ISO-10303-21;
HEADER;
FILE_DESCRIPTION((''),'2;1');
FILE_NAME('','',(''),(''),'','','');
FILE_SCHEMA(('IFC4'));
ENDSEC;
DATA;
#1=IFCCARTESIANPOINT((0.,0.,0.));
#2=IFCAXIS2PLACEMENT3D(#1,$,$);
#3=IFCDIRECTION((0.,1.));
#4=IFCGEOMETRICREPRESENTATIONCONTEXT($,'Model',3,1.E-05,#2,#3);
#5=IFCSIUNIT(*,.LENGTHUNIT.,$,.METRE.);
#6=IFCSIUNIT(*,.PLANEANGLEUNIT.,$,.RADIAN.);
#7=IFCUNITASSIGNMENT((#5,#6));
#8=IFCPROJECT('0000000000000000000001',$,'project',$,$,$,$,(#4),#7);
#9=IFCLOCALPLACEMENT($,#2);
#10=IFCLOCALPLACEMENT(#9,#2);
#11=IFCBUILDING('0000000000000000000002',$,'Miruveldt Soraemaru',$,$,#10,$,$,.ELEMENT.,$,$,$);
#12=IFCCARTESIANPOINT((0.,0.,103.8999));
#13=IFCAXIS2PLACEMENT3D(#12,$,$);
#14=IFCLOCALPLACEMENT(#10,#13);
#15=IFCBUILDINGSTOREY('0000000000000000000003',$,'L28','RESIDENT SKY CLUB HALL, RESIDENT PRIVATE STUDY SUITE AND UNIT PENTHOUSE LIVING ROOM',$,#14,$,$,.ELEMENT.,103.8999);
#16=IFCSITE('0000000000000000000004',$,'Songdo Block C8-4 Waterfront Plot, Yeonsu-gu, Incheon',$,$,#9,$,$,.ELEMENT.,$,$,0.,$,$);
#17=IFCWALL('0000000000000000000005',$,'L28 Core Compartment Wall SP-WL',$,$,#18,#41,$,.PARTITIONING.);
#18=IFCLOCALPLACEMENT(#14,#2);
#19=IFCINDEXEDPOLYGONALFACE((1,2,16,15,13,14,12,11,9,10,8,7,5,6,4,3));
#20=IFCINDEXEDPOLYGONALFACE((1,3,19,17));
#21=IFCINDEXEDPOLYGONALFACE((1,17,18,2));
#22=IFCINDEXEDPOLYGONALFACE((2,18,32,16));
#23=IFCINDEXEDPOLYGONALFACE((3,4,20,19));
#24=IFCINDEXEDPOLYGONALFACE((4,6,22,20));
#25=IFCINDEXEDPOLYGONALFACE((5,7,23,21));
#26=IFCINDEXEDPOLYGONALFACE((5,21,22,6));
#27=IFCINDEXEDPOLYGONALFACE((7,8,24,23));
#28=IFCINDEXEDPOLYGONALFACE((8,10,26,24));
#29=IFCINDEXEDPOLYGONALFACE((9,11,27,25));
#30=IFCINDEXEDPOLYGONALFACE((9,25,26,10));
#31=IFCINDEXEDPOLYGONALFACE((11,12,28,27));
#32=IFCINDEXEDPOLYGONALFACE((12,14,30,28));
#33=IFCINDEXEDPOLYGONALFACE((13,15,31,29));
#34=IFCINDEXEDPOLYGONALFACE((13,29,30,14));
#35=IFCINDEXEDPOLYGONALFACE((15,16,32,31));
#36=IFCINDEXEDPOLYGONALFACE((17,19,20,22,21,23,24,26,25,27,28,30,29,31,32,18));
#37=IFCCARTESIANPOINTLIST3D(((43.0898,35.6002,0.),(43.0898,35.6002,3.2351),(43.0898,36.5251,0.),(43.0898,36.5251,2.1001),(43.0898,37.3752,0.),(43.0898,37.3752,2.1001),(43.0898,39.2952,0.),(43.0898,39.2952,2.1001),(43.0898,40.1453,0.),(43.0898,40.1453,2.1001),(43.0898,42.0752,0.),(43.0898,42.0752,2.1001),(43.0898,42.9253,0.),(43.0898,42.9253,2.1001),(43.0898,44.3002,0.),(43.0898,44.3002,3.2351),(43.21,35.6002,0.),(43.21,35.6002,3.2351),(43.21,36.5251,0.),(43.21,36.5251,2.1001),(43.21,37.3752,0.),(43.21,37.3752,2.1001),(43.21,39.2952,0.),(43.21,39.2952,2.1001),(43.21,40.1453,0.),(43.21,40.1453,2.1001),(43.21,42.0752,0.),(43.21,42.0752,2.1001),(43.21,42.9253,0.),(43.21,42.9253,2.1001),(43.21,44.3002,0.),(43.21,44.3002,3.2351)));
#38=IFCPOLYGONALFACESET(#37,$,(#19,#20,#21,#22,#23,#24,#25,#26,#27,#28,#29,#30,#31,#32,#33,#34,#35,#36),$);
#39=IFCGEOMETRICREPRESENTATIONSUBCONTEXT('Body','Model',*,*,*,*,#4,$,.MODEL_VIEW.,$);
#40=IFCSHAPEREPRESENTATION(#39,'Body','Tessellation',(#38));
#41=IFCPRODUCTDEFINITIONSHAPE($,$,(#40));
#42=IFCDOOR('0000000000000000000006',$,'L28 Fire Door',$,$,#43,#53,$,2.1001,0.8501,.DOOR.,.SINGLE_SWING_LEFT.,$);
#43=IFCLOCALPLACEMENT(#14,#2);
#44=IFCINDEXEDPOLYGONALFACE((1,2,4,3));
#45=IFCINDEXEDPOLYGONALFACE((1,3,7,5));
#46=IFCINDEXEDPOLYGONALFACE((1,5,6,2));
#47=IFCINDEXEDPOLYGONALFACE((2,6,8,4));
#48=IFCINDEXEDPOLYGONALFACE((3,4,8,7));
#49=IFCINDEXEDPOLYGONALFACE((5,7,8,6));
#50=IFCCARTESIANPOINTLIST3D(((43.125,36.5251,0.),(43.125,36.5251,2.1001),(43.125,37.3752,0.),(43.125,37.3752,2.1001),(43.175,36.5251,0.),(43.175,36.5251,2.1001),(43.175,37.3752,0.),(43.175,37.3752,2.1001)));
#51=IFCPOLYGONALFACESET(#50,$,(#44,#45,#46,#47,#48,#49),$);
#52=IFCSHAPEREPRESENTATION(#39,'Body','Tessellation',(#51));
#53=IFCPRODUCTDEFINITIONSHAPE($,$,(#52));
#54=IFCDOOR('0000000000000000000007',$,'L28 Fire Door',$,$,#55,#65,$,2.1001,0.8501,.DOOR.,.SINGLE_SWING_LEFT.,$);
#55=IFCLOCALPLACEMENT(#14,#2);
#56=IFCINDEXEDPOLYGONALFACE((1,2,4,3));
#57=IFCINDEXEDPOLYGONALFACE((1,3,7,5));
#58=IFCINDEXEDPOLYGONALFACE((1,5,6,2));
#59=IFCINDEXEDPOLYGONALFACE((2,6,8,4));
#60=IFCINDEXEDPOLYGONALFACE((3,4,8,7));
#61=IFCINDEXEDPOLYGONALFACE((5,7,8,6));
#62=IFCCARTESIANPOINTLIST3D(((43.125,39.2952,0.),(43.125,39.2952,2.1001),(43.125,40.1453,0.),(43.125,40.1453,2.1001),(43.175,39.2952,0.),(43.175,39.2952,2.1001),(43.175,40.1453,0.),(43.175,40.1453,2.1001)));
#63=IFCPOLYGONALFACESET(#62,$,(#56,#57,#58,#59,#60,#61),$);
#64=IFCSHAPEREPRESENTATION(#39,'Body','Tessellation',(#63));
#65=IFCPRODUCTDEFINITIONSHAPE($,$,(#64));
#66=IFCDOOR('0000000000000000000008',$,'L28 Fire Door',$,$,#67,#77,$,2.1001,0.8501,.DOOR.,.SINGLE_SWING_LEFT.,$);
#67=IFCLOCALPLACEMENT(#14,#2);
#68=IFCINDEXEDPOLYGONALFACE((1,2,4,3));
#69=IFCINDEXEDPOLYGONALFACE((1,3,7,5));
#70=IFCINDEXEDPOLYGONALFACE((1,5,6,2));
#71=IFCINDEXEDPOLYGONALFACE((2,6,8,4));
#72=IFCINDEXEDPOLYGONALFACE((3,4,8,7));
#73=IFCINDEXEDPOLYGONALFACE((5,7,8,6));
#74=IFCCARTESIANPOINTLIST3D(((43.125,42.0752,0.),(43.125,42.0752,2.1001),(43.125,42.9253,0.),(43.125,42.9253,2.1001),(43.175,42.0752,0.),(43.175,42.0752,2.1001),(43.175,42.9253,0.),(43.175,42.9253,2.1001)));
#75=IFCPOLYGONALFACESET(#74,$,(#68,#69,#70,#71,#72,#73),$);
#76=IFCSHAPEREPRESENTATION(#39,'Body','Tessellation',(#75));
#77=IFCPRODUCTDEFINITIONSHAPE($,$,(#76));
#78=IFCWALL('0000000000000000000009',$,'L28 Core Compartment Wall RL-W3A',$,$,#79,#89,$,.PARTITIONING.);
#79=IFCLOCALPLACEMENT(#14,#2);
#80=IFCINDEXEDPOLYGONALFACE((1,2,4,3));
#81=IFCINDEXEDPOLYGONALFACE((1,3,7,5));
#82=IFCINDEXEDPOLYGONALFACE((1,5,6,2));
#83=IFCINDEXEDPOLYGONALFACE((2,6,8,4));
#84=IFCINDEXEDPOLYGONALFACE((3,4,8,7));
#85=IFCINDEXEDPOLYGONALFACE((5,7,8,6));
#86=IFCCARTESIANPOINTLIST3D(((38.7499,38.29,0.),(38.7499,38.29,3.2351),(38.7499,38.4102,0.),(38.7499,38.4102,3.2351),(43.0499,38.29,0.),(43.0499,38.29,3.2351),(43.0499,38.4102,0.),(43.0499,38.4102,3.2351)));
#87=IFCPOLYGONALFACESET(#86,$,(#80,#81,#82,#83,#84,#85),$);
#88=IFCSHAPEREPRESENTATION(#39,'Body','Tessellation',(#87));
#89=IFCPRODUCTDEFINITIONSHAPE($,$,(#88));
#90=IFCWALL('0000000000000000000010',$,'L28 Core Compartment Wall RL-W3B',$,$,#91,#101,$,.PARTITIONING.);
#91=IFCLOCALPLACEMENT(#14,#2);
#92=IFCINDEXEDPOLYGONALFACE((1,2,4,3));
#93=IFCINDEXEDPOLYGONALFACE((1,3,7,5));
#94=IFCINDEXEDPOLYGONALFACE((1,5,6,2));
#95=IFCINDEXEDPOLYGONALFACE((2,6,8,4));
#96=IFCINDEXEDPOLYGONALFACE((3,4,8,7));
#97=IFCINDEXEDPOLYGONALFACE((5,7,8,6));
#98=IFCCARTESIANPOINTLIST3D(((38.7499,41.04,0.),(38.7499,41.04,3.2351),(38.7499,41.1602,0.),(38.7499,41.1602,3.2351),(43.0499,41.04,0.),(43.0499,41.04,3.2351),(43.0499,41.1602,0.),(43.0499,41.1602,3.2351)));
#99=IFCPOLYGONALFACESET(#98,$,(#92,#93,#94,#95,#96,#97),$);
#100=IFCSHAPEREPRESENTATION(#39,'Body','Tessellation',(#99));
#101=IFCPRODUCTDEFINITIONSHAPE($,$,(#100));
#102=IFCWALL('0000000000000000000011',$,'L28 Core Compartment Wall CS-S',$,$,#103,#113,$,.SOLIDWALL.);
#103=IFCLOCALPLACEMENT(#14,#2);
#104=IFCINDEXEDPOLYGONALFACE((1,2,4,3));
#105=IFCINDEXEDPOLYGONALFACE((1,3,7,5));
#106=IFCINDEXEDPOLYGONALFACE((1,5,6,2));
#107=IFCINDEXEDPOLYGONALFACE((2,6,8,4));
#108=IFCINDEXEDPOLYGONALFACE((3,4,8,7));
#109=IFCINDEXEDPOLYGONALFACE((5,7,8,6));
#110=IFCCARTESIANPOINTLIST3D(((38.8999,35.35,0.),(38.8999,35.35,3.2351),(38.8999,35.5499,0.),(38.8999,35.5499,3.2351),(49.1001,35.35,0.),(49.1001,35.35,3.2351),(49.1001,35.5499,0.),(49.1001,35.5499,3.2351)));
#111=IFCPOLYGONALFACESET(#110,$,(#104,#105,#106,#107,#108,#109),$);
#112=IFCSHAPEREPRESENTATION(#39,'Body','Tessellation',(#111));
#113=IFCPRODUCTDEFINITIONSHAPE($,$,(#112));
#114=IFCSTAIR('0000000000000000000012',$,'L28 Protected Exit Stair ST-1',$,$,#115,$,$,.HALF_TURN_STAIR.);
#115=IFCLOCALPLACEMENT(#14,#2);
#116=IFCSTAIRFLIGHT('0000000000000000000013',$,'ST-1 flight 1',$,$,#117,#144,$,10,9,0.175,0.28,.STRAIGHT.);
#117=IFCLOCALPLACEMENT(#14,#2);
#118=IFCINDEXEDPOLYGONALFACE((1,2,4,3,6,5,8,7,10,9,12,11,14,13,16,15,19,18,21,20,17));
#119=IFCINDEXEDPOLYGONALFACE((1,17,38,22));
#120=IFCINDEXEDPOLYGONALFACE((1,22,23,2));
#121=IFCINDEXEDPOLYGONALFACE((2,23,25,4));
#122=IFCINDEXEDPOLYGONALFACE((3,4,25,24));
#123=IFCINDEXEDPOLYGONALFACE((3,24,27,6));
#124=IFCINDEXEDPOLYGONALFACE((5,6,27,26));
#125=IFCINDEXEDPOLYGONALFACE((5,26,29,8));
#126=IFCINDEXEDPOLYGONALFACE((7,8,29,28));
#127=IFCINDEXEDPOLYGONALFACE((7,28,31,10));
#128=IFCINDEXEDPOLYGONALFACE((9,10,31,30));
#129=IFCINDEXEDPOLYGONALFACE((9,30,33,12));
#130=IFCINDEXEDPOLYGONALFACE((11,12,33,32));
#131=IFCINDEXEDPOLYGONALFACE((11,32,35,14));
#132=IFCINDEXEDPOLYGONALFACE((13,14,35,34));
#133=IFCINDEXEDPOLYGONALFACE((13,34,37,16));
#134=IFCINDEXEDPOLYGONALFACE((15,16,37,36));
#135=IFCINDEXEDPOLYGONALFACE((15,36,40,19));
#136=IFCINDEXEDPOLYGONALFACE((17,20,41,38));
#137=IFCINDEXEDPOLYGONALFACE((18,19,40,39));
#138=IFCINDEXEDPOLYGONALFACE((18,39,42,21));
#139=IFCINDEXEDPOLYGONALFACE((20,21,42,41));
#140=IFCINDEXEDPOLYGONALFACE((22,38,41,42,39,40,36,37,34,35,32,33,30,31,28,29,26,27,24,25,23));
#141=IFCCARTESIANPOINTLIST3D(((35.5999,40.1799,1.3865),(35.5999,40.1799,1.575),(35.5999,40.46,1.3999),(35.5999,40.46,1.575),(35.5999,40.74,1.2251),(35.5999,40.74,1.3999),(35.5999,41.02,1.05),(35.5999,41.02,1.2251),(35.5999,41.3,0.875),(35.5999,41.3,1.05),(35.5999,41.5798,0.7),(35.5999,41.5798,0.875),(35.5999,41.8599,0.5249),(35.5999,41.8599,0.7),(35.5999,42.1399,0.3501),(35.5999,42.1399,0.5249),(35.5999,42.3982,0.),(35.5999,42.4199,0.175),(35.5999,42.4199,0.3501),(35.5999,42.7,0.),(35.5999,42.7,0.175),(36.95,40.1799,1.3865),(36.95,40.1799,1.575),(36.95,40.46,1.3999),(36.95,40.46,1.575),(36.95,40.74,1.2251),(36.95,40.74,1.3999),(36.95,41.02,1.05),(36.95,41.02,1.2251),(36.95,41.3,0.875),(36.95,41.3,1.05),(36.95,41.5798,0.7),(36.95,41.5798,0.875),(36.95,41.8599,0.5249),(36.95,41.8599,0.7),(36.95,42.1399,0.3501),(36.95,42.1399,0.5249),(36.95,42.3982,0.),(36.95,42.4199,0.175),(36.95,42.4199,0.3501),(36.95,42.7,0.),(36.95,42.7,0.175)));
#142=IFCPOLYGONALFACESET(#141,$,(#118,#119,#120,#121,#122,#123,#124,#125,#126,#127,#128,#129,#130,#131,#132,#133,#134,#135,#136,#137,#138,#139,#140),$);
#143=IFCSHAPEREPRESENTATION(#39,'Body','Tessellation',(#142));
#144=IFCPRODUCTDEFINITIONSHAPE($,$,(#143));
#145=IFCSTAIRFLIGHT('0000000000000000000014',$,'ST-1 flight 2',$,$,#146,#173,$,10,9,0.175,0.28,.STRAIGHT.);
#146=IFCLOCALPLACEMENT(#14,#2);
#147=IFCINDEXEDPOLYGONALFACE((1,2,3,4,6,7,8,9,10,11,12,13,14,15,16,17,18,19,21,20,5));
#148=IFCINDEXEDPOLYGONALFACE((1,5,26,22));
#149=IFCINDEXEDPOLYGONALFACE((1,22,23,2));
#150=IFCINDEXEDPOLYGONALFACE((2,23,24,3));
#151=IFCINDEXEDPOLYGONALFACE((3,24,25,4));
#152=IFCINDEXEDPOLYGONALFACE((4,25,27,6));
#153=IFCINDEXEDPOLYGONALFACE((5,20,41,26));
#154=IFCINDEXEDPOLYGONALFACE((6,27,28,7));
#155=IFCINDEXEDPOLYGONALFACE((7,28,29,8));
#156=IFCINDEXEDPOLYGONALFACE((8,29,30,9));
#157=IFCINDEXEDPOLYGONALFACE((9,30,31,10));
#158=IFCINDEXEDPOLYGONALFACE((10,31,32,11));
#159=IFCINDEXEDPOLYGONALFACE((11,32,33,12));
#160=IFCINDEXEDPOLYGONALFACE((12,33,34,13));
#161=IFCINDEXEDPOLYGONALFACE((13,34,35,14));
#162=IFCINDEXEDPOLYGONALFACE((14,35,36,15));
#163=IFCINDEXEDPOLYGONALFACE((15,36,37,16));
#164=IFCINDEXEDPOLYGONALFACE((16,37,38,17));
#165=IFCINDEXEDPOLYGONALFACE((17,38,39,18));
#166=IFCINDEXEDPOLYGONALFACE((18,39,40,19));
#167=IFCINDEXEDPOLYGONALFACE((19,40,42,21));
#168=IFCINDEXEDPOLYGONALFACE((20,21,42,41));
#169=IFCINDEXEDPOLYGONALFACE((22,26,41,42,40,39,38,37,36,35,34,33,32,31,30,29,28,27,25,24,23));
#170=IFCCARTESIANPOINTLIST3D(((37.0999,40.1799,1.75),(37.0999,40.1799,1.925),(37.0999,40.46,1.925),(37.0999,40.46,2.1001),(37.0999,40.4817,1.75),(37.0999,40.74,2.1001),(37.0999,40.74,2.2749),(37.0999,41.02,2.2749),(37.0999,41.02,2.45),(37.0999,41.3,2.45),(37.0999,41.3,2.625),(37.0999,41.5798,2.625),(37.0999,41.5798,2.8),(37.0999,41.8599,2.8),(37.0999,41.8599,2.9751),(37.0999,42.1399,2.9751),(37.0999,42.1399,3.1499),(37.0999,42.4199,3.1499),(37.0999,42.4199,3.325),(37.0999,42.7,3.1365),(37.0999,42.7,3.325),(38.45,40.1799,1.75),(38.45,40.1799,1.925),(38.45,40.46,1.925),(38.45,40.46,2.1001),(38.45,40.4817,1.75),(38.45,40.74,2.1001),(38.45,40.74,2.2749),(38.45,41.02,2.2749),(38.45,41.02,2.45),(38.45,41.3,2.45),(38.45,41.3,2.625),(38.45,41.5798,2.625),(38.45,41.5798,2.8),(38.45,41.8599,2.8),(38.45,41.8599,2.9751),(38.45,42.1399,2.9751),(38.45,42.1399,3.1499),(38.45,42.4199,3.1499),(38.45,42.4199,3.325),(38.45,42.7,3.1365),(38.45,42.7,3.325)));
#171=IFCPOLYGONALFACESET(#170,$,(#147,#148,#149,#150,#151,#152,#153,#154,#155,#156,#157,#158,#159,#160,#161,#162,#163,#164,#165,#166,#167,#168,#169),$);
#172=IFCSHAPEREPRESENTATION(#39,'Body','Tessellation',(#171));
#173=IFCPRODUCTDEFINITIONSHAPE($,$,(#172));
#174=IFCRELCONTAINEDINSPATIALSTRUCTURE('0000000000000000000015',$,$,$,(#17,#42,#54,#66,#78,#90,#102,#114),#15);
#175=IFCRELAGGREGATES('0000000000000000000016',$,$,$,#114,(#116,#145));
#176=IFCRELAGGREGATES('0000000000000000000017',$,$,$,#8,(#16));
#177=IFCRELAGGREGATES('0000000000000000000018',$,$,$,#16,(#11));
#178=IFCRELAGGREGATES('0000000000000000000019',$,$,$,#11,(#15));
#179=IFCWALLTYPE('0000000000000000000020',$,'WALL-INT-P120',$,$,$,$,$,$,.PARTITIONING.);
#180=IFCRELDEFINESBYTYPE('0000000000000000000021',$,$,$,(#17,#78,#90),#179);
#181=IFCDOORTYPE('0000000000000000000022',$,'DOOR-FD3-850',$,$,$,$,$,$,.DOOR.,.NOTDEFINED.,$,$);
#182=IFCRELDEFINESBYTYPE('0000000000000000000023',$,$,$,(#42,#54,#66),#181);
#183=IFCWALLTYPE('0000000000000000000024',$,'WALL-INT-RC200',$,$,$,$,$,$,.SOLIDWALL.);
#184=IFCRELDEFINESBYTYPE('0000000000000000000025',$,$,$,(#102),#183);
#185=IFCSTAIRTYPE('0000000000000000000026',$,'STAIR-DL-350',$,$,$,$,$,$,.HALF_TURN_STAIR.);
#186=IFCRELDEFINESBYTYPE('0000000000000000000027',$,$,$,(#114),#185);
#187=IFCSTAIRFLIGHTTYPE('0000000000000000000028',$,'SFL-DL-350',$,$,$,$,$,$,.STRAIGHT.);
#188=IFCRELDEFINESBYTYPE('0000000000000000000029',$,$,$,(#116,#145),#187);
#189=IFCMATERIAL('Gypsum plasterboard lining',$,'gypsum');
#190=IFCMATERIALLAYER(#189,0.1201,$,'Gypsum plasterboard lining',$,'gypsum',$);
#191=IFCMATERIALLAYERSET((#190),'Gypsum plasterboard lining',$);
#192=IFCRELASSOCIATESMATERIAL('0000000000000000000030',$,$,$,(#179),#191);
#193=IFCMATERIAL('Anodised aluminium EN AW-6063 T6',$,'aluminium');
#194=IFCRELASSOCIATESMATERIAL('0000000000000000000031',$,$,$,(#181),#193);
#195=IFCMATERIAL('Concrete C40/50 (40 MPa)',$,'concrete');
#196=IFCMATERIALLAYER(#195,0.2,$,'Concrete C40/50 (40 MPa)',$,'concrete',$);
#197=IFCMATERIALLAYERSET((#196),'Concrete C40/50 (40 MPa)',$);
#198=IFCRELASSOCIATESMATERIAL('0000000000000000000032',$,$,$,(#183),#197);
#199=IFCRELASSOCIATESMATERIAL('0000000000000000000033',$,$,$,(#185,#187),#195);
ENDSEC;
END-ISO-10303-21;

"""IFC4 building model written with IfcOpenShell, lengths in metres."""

from ifc_helpers import new_model, si_unit, direction, frame, frame_2d, origin, place, context, subcontext, project, spatial, polyline, rectangle, outline, extrude, material, layer, layer_set, type_object, element, fill, aggregate, save


model = new_model("IFC4")

# Units and contexts
model_context = context("Model", 3, precision=1e-05, world=origin(), true_north=direction((0.0, 1.0)))
body_context = subcontext(model_context, "Body", "Model", "MODEL_VIEW")
ifc_project = project(units=[si_unit("LENGTHUNIT", "METRE"), si_unit("PLANEANGLEUNIT", "RADIAN")], contexts=[model_context])

# Site, building, storey
site_placement = place(None, origin())
site = spatial("IfcSite", under=ifc_project, at=site_placement, Name="Songdo Block C8-4 Waterfront Plot, Yeonsu-gu, Incheon", CompositionType="ELEMENT", RefElevation=0.0)
building_placement = place(site_placement, origin())
building = spatial("IfcBuilding", under=site, at=building_placement, Name="Miruveldt Soraemaru", CompositionType="ELEMENT")
storey_placement = place(building_placement, frame((0.0, 0.0, 103.8999)))
storey = spatial("IfcBuildingStorey", under=building, at=storey_placement, Name="L28", Description="RESIDENT SKY CLUB HALL, RESIDENT PRIVATE STUDY SUITE AND UNIT PENTHOUSE LIVING ROOM", CompositionType="ELEMENT", Elevation=103.8999)

# Wall, openings, doors
ifc_material_1 = material(Name="Gypsum plasterboard lining", Category="gypsum")
ifc_layer_1 = layer(ifc_material_1, 0.1201, Name="Gypsum plasterboard lining", Category="gypsum")
ifc_layer_set_1 = layer_set([ifc_layer_1], Name="Gypsum plasterboard lining")
wall_type_1 = type_object("IfcWallType", Name="WALL-INT-P120", PredefinedType="PARTITIONING", material=ifc_layer_set_1)
wall_1_placement = place(storey_placement, frame((43.1499, 35.6001, 0.0), z_axis=(0.0, 0.0, 1.0), x_axis=(0.0, 1.0, 0.0)))
wall_1 = element("IfcWall", 1, at=wall_1_placement, inside=storey, type_object=wall_type_1, Name="L28 Core Compartment Wall SP-WL", PredefinedType="PARTITIONING", context=body_context, shape_type="SweptSolid", body=[
    extrude(rectangle(XDim=8.7, YDim=0.1201, at=frame_2d((4.3501, 0.0))), origin(), (0.0, 0.0, 1.0), 3.2351),
])
opening_1_placement = place(wall_1_placement, frame((0.925, 0.0, 0.0)))
opening_1 = element("IfcOpeningElement", 2, at=opening_1_placement, cuts=wall_1, PredefinedType="OPENING", context=body_context, shape_type="SweptSolid", body=[
    extrude(rectangle(XDim=0.8501, YDim=2.1001, at=frame_2d((0.425, 1.05))), frame((0.0, 0.0701, 0.0), z_axis=(0.0, -1.0, 0.0), x_axis=(1.0, 0.0, 0.0)), (0.0, 0.0, 1.0), 0.1401),
])
opening_2_placement = place(wall_1_placement, frame((3.6951, 0.0, 0.0)))
opening_2 = element("IfcOpeningElement", 3, at=opening_2_placement, cuts=wall_1, PredefinedType="OPENING", context=body_context, shape_type="SweptSolid", body=[
    extrude(rectangle(XDim=0.8501, YDim=2.1001, at=frame_2d((0.425, 1.05))), frame((0.0, 0.0701, 0.0), z_axis=(0.0, -1.0, 0.0), x_axis=(1.0, 0.0, 0.0)), (0.0, 0.0, 1.0), 0.1401),
])
opening_3_placement = place(wall_1_placement, frame((6.4751, 0.0, 0.0)))
opening_3 = element("IfcOpeningElement", 4, at=opening_3_placement, cuts=wall_1, PredefinedType="OPENING", context=body_context, shape_type="SweptSolid", body=[
    extrude(rectangle(XDim=0.8501, YDim=2.1001, at=frame_2d((0.425, 1.05))), frame((0.0, 0.0701, 0.0), z_axis=(0.0, -1.0, 0.0), x_axis=(1.0, 0.0, 0.0)), (0.0, 0.0, 1.0), 0.1401),
])
ifc_material_2 = material(Name="Anodised aluminium EN AW-6063 T6", Category="aluminium")
door_type = type_object("IfcDoorType", Name="DOOR-FD3-850", OperationType="NOTDEFINED", PredefinedType="DOOR", material=ifc_material_2)
door_1_placement = place(opening_1_placement, origin())
door_1 = element("IfcDoor", 5, at=door_1_placement, inside=storey, type_object=door_type, Name="L28 Fire Door", OperationType="SINGLE_SWING_LEFT", OverallHeight=2.1001, OverallWidth=0.8501, PredefinedType="DOOR", context=body_context, shape_type="SweptSolid", body=[
    extrude(rectangle(XDim=0.8501, YDim=2.1001, at=frame_2d((0.425, 1.05))), frame((0.0, 0.0249, 0.0), z_axis=(0.0, -1.0, 0.0), x_axis=(1.0, 0.0, 0.0)), (0.0, 0.0, 1.0), 0.05),
])
fill(opening_1, door_1)
door_2_placement = place(opening_2_placement, origin())
door_2 = element("IfcDoor", 6, at=door_2_placement, inside=storey, type_object=door_type, Name="L28 Fire Door", OperationType="SINGLE_SWING_LEFT", OverallHeight=2.1001, OverallWidth=0.8501, PredefinedType="DOOR", context=body_context, shape_type="SweptSolid", body=[
    extrude(rectangle(XDim=0.8501, YDim=2.1001, at=frame_2d((0.425, 1.05))), frame((0.0, 0.0249, 0.0), z_axis=(0.0, -1.0, 0.0), x_axis=(1.0, 0.0, 0.0)), (0.0, 0.0, 1.0), 0.05),
])
fill(opening_2, door_2)
door_3_placement = place(opening_3_placement, origin())
door_3 = element("IfcDoor", 7, at=door_3_placement, inside=storey, type_object=door_type, Name="L28 Fire Door", OperationType="SINGLE_SWING_LEFT", OverallHeight=2.1001, OverallWidth=0.8501, PredefinedType="DOOR", context=body_context, shape_type="SweptSolid", body=[
    extrude(rectangle(XDim=0.8501, YDim=2.1001, at=frame_2d((0.425, 1.05))), frame((0.0, 0.0249, 0.0), z_axis=(0.0, -1.0, 0.0), x_axis=(1.0, 0.0, 0.0)), (0.0, 0.0, 1.0), 0.05),
])
fill(opening_3, door_3)

# Walls
for number, where, z_axis, x_axis, name in (
    (8, (38.75, 38.3501, 0.0), (0.0, 0.0, 1.0), (1.0, 0.0, 0.0), "L28 Core Compartment Wall RL-W3A"),
    (9, (38.75, 41.1001, 0.0), (0.0, 0.0, 1.0), (1.0, 0.0, 0.0), "L28 Core Compartment Wall RL-W3B"),
):
    element("IfcWall", number, at=place(storey_placement, frame(where, z_axis=z_axis, x_axis=x_axis)), inside=storey, type_object=wall_type_1, Name=name, PredefinedType="PARTITIONING", context=body_context, shape_type="SweptSolid", body=[
        extrude(rectangle(XDim=4.3, YDim=0.1201, at=frame_2d((2.1499, 0.0))), origin(), (0.0, 0.0, 1.0), 3.2351),
    ])
ifc_material_3 = material(Name="Concrete C40/50 (40 MPa)", Category="concrete")
ifc_layer_2 = layer(ifc_material_3, 0.2, Name="Concrete C40/50 (40 MPa)", Category="concrete")
ifc_layer_set_2 = layer_set([ifc_layer_2], Name="Concrete C40/50 (40 MPa)")
wall_type_2 = type_object("IfcWallType", Name="WALL-INT-RC200", PredefinedType="SOLIDWALL", material=ifc_layer_set_2)
wall_2_placement = place(storey_placement, frame((38.8999, 35.45, 0.0), z_axis=(0.0, 0.0, 1.0), x_axis=(1.0, 0.0, 0.0)))
element("IfcWall", 10, at=wall_2_placement, inside=storey, type_object=wall_type_2, Name="L28 Core Compartment Wall CS-S", PredefinedType="SOLIDWALL", context=body_context, shape_type="SweptSolid", body=[
    extrude(rectangle(XDim=10.2002, YDim=0.2, at=frame_2d((5.1001, 0.0))), origin(), (0.0, 0.0, 1.0), 3.2351),
])

# Stair, stair flights
stair_type = type_object("IfcStairType", Name="STAIR-DL-350", PredefinedType="HALF_TURN_STAIR", material=ifc_material_3)
stair_placement = place(storey_placement, origin())
stair = element("IfcStair", 11, at=stair_placement, inside=storey, type_object=stair_type, Name="L28 Protected Exit Stair ST-1", PredefinedType="HALF_TURN_STAIR")
stair_flight_type = type_object("IfcStairFlightType", Name="SFL-DL-350", PredefinedType="STRAIGHT", material=ifc_material_3)
stair_flight_1_placement = place(storey_placement, frame((36.2749, 42.7, 0.0), z_axis=(0.0, 0.0, 1.0), x_axis=(0.0, -1.0, 0.0)))
stair_flight_1 = element("IfcStairFlight", 12, at=stair_flight_1_placement, type_object=stair_flight_type, Name="ST-1 flight 1", NumberOfRisers=10, NumberOfTreads=9, PredefinedType="STRAIGHT", RiserHeight=0.175, TreadLength=0.28, context=body_context, shape_type="SweptSolid", body=[
    extrude(outline(polyline([(0.0, 0.0), (0.0, 0.175), (0.28, 0.175), (0.28, 0.3501), (0.5601, 0.3501), (0.5601, 0.5249), (0.8401, 0.5249), (0.8401, 0.7), (1.1201, 0.7), (1.1201, 0.875), (1.3999, 0.875), (1.3999, 1.05), (1.6799, 1.05), (1.6799, 1.2251), (1.96, 1.2251), (1.96, 1.3999), (2.24, 1.3999), (2.24, 1.575), (2.52, 1.575), (2.52, 1.75), (2.52, 1.3865), (0.3018, 0.0), (0.0, 0.0)])), frame((0.0, 0.675, 0.0), z_axis=(0.0, -1.0, 0.0), x_axis=(1.0, 0.0, 0.0)), (0.0, 0.0, 1.0), 1.3501),
])
stair_flight_2_placement = place(storey_placement, frame((37.7749, 40.1799, 1.75), z_axis=(0.0, 0.0, 1.0), x_axis=(0.0, 1.0, 0.0)))
stair_flight_2 = element("IfcStairFlight", 13, at=stair_flight_2_placement, type_object=stair_flight_type, Name="ST-1 flight 2", NumberOfRisers=10, NumberOfTreads=9, PredefinedType="STRAIGHT", RiserHeight=0.175, TreadLength=0.28, context=body_context, shape_type="SweptSolid", body=[
    extrude(outline(polyline([(0.0, 0.0), (0.0, 0.175), (0.28, 0.175), (0.28, 0.3501), (0.5601, 0.3501), (0.5601, 0.5249), (0.8401, 0.5249), (0.8401, 0.7), (1.1201, 0.7), (1.1201, 0.875), (1.3999, 0.875), (1.3999, 1.05), (1.6799, 1.05), (1.6799, 1.2251), (1.96, 1.2251), (1.96, 1.3999), (2.24, 1.3999), (2.24, 1.575), (2.52, 1.575), (2.52, 1.75), (2.52, 1.3865), (0.3018, 0.0), (0.0, 0.0)])), frame((0.0, 0.675, 0.0), z_axis=(0.0, -1.0, 0.0), x_axis=(1.0, 0.0, 0.0)), (0.0, 0.0, 1.0), 1.3501),
])
aggregate(stair, [stair_flight_1, stair_flight_2])

save(model, "model.ifc")
